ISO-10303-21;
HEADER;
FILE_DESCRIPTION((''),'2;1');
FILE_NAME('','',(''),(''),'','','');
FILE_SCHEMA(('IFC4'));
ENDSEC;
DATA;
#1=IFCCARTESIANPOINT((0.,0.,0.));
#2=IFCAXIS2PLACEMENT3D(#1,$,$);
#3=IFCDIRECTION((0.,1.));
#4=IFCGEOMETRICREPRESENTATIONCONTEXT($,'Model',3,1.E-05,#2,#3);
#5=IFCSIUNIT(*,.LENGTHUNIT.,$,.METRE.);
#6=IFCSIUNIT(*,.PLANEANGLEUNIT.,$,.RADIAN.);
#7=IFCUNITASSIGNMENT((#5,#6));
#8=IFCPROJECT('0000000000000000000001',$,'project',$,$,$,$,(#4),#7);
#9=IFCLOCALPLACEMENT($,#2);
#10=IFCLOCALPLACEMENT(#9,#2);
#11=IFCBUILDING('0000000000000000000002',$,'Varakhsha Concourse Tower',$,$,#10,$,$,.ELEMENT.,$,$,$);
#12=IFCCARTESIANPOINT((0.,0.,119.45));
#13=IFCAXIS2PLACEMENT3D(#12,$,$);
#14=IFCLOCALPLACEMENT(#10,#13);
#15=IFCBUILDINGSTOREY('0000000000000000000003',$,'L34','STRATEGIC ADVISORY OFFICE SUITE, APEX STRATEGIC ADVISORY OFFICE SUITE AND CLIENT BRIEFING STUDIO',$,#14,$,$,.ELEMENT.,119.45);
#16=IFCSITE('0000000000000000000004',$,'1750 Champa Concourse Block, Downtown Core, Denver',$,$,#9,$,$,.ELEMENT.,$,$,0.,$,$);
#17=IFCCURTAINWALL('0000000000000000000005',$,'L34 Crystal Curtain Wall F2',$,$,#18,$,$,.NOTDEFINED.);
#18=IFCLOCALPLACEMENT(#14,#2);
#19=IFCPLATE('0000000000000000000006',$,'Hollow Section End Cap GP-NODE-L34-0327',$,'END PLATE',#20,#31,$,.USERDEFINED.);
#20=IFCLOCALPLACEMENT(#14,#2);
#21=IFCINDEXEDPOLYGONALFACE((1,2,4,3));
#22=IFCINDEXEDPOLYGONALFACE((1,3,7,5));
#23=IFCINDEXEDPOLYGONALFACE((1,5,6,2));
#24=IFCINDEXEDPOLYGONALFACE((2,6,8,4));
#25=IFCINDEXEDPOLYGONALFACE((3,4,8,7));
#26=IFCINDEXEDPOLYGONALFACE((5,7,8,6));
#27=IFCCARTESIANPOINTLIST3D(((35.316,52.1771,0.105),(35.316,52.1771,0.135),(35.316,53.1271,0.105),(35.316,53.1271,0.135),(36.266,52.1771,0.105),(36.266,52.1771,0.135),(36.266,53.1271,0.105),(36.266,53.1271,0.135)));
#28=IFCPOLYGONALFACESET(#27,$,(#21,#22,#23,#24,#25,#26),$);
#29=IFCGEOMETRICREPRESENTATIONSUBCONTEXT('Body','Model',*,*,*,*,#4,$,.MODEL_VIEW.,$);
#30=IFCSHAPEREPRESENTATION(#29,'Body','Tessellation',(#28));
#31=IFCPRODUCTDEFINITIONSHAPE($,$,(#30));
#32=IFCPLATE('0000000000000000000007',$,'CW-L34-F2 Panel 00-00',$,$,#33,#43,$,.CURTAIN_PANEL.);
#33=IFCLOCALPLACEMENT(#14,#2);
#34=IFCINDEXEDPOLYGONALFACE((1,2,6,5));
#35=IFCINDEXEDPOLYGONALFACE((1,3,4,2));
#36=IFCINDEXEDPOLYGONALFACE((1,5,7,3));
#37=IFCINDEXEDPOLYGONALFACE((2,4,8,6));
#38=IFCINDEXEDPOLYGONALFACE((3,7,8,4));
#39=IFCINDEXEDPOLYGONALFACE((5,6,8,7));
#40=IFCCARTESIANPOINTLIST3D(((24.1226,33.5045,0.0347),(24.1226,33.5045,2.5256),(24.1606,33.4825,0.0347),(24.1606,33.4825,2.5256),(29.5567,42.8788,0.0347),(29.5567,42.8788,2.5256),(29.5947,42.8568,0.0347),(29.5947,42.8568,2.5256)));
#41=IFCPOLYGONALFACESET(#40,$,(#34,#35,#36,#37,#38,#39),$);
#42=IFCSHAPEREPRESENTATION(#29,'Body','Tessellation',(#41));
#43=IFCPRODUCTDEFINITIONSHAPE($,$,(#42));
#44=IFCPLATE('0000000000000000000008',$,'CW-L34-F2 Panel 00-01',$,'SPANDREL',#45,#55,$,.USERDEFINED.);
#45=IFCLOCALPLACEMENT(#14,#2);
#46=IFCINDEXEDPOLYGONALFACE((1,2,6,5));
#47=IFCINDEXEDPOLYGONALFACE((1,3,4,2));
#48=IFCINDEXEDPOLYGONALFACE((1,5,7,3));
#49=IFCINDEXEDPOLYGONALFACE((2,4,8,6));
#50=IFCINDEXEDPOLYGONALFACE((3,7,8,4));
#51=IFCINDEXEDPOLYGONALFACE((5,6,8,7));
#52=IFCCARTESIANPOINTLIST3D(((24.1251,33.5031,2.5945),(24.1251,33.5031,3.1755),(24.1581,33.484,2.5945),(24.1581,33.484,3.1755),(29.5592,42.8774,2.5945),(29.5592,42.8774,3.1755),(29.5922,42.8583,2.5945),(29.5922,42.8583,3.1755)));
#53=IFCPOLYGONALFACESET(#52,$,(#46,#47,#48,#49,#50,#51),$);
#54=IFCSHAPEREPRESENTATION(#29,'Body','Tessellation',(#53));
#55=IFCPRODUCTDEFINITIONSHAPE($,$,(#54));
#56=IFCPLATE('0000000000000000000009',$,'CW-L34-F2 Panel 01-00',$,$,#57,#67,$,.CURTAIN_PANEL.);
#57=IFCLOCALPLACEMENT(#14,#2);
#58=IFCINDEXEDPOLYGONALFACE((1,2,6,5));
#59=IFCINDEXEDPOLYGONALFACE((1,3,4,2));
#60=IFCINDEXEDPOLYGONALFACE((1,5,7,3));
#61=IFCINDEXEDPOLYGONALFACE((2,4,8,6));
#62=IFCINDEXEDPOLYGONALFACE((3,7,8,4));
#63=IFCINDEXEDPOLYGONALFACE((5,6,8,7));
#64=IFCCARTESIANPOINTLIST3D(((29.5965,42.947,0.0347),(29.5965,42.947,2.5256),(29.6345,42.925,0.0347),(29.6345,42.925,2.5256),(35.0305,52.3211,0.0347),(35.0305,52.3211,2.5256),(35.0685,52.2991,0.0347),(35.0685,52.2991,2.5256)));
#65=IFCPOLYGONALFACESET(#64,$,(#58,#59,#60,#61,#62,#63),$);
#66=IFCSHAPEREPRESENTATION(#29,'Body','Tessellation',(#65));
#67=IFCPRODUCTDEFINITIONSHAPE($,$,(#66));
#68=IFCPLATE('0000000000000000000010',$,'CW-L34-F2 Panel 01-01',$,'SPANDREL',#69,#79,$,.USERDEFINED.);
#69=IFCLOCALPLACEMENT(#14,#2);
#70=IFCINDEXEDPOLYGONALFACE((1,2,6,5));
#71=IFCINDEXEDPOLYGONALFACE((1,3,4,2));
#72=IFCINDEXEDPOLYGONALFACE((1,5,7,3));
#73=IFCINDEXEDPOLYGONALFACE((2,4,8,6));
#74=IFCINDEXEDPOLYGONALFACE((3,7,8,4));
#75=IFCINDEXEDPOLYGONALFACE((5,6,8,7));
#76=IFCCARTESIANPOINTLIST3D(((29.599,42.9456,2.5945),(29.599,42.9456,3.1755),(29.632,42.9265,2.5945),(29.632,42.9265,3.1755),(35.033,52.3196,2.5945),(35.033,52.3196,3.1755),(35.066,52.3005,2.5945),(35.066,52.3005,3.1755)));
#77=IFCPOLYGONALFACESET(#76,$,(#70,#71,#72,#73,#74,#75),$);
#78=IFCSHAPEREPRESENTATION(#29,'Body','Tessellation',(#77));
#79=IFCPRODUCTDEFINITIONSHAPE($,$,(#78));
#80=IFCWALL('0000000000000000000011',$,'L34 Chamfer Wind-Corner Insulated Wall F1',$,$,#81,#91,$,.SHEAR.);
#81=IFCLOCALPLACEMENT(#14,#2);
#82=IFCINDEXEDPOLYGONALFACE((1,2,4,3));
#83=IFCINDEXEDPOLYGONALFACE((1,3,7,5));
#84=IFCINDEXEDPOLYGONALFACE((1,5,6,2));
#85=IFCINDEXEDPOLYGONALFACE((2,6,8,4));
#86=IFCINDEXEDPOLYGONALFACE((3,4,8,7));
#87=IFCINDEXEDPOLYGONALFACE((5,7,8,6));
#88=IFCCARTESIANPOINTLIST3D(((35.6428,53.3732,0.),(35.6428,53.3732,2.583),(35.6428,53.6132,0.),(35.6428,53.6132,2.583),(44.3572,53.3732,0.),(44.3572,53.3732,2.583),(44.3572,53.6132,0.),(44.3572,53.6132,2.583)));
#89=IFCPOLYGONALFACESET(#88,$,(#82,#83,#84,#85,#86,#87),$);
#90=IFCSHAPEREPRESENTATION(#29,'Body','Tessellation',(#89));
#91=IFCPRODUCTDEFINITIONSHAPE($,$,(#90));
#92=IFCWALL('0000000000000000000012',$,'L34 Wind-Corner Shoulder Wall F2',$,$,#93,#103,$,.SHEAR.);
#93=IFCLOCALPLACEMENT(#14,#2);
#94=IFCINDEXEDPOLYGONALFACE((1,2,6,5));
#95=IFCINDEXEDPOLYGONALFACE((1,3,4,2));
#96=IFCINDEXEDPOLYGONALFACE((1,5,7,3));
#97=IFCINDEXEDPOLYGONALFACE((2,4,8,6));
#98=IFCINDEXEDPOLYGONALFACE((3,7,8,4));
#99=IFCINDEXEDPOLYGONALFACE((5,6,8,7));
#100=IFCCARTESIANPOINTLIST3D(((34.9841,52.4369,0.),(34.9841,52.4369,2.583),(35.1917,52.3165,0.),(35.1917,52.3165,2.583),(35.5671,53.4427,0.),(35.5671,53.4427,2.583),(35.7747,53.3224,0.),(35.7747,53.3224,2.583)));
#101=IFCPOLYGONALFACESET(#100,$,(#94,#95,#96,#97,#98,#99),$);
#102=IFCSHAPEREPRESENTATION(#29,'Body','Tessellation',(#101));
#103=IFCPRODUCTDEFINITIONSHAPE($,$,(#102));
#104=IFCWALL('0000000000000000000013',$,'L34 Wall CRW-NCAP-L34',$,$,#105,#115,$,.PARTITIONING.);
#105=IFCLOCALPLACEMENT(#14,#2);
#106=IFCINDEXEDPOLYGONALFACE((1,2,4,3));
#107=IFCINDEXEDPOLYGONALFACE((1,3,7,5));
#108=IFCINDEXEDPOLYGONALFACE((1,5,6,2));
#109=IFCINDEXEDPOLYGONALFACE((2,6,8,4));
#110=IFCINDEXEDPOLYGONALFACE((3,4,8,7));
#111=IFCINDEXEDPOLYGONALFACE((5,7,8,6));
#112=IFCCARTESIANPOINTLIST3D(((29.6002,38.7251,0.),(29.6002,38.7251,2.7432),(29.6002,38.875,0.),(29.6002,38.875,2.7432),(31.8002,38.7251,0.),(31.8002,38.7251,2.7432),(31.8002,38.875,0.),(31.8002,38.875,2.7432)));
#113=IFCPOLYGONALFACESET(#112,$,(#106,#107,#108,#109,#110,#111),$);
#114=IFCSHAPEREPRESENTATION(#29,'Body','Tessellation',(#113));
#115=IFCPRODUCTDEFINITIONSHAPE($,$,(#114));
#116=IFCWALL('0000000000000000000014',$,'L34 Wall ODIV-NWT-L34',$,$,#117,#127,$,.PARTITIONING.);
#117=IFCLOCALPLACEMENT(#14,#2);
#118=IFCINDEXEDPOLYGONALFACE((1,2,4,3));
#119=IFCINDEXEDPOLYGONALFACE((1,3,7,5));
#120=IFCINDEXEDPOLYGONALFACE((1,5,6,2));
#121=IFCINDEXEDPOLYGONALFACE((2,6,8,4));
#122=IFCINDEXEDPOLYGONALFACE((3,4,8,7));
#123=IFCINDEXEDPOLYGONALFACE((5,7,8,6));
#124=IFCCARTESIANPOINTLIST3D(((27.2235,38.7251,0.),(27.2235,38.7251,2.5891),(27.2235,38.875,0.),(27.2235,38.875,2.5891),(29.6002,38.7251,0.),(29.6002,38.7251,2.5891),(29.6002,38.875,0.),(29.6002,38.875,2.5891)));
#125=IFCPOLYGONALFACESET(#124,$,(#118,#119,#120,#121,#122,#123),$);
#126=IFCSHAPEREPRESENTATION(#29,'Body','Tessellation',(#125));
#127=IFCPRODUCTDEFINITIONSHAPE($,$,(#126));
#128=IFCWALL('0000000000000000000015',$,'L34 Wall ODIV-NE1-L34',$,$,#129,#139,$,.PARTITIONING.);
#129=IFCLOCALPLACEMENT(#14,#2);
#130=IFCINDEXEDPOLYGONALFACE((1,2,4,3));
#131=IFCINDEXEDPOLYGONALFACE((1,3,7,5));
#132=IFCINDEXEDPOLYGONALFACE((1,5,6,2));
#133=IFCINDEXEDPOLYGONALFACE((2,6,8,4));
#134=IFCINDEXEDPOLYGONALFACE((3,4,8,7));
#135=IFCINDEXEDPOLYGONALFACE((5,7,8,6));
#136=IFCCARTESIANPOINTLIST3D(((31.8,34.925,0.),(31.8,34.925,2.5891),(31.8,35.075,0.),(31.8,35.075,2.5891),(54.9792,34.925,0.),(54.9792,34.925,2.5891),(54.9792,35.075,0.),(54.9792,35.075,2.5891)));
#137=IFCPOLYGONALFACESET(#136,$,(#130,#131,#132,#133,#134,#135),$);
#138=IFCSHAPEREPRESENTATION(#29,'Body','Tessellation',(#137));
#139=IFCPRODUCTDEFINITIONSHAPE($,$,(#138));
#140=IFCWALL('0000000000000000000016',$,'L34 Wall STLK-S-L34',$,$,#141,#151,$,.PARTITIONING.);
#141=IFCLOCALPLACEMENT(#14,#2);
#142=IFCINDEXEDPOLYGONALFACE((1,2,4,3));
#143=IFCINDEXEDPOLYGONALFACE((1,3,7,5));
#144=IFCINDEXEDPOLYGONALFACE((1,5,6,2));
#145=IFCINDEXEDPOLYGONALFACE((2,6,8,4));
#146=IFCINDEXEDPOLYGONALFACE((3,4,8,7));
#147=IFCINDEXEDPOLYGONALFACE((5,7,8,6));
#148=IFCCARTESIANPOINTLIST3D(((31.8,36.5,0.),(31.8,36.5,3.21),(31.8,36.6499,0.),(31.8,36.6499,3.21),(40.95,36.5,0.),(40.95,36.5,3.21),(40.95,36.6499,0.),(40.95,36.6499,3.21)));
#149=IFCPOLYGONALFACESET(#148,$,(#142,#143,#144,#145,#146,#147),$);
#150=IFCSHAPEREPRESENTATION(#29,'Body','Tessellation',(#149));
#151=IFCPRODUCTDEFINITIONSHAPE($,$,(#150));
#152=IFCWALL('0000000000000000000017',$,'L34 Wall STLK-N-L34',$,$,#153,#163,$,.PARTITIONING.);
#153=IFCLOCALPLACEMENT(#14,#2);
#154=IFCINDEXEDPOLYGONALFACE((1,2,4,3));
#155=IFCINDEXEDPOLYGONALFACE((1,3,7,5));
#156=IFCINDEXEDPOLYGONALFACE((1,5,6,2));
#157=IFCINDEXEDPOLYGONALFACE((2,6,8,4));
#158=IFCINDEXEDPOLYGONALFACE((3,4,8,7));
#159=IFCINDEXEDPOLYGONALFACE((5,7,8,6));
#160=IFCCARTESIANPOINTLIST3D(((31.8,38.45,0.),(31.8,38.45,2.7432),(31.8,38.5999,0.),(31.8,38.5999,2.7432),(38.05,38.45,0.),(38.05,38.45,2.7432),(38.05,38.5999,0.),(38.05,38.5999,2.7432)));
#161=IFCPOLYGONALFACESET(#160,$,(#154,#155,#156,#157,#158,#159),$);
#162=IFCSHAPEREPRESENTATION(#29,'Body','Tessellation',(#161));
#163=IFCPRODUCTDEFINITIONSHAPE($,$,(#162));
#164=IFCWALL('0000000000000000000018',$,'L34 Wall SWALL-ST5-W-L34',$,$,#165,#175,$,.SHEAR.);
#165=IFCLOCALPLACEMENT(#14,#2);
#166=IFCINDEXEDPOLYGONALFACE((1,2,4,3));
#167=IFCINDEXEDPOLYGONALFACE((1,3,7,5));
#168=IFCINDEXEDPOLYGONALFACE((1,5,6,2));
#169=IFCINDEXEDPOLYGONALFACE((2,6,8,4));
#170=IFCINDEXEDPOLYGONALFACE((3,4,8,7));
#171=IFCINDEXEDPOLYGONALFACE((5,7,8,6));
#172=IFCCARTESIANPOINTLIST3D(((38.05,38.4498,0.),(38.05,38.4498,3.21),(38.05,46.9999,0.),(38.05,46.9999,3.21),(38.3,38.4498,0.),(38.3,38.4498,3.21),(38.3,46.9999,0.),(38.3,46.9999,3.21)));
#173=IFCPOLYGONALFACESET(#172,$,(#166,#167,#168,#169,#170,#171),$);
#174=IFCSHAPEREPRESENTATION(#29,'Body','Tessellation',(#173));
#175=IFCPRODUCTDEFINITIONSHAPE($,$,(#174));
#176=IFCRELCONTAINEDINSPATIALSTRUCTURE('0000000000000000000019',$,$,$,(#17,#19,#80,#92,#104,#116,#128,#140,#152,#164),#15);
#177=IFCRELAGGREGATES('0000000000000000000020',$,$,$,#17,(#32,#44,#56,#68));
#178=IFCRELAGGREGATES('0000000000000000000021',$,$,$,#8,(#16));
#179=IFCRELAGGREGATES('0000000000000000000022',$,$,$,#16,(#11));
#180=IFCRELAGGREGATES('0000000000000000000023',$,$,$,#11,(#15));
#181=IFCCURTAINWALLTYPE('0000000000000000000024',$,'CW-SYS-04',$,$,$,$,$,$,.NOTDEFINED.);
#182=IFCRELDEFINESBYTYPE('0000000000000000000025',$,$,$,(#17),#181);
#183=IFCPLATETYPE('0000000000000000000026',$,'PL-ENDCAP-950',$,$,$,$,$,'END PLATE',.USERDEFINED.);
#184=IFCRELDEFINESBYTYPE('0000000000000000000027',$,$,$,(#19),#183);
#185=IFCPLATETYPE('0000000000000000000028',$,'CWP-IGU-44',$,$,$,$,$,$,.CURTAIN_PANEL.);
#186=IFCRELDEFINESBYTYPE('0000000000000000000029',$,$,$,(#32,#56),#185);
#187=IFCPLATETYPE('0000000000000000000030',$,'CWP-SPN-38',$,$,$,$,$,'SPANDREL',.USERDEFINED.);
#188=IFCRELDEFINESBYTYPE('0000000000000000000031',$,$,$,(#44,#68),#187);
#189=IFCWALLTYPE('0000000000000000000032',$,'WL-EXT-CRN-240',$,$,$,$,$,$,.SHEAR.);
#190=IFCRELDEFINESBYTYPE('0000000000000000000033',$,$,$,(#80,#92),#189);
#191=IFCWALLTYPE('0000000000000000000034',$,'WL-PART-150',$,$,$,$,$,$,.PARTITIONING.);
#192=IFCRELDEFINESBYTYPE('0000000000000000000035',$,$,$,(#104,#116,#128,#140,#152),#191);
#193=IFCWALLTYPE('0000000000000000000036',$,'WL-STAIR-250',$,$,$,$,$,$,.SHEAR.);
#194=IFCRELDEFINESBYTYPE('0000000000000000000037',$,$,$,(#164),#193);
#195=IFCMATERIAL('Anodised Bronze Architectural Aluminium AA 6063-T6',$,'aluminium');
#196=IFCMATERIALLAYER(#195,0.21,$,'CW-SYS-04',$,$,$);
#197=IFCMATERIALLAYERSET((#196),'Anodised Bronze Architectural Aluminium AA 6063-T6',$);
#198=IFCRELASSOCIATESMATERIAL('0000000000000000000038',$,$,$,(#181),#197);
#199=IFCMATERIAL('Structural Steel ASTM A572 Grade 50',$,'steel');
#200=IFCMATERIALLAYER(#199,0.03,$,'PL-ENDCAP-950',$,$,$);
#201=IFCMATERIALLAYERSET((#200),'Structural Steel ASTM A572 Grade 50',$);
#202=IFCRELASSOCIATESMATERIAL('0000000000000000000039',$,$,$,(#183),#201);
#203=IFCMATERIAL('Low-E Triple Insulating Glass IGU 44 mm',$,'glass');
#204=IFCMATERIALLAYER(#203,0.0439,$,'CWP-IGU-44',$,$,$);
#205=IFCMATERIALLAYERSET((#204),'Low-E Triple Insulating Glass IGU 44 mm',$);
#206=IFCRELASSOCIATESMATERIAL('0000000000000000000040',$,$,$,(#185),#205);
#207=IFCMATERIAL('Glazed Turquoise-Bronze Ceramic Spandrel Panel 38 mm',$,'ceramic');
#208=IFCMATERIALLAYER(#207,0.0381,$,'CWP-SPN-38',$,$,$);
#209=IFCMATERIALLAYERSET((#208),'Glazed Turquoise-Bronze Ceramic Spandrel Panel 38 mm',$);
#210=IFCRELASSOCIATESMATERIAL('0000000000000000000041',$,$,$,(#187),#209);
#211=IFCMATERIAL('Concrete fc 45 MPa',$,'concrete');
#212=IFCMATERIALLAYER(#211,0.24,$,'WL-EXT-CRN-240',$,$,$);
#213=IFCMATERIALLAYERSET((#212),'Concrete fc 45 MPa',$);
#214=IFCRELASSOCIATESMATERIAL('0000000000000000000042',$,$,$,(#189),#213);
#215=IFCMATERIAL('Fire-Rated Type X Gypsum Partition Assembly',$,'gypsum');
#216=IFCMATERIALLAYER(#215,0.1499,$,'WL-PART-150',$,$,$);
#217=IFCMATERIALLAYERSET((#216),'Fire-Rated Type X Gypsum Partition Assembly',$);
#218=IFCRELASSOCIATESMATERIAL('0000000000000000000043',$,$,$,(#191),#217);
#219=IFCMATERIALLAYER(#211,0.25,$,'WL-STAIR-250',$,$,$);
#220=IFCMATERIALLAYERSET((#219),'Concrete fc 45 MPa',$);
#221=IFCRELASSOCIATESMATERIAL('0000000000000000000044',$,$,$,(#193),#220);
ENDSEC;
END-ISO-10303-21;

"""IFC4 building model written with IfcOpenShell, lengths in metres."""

from ifc_helpers import new_model, si_unit, direction, frame, frame_2d, origin, origin_2d, place, context, subcontext, project, spatial, rectangle, extrude, source, transform, mapped, material, layer, layer_set, type_object, type_shapes, element, aggregate, save


model = new_model("IFC4")

# Units and contexts
model_context = context("Model", 3, precision=1e-05, world=origin(), true_north=direction((0.0, 1.0)))
body_context = subcontext(model_context, "Body", "Model", "MODEL_VIEW")
ifc_project = project(units=[si_unit("LENGTHUNIT", "METRE"), si_unit("PLANEANGLEUNIT", "RADIAN")], contexts=[model_context])

# Site, building, storey
site_placement = place(None, origin())
site = spatial("IfcSite", under=ifc_project, at=site_placement, Name="1750 Champa Concourse Block, Downtown Core, Denver", CompositionType="ELEMENT", RefElevation=0.0)
building_placement = place(site_placement, origin())
building = spatial("IfcBuilding", under=site, at=building_placement, Name="Varakhsha Concourse Tower", CompositionType="ELEMENT")
storey_placement = place(building_placement, frame((0.0, 0.0, 119.45)))
storey = spatial("IfcBuildingStorey", under=building, at=storey_placement, Name="L34", Description="STRATEGIC ADVISORY OFFICE SUITE, APEX STRATEGIC ADVISORY OFFICE SUITE AND CLIENT BRIEFING STUDIO", CompositionType="ELEMENT", Elevation=119.45)

# Shared definitions
ifc_material_1 = material(Name="Structural Steel ASTM A572 Grade 50", Category="steel")

# Curtain wall
ifc_material_2 = material(Name="Anodised Bronze Architectural Aluminium AA 6063-T6", Category="aluminium")
ifc_layer_1 = layer(ifc_material_2, 0.21, Name="CW-SYS-04")
ifc_layer_set_1 = layer_set([ifc_layer_1], Name="Anodised Bronze Architectural Aluminium AA 6063-T6")
curtain_wall_type = type_object("IfcCurtainWallType", Name="CW-SYS-04", PredefinedType="NOTDEFINED", material=ifc_layer_set_1)
curtain_wall_1_placement = place(storey_placement, origin())
curtain_wall_1 = element("IfcCurtainWall", 1, at=curtain_wall_1_placement, inside=storey, type_object=curtain_wall_type, Name="L34 Crystal Curtain Wall F2", PredefinedType="NOTDEFINED")

# Plates
ifc_layer_2 = layer(ifc_material_1, 0.03, Name="PL-ENDCAP-950")
ifc_layer_set_2 = layer_set([ifc_layer_2], Name="Structural Steel ASTM A572 Grade 50")
plate_type_1 = type_object("IfcPlateType", Name="PL-ENDCAP-950", ElementType="END PLATE", PredefinedType="USERDEFINED", material=ifc_layer_set_2)
shared_shape_1 = source(origin(), body_context, "Body", "SweptSolid", [
    extrude(rectangle(XDim=0.95, YDim=0.95, at=origin_2d()), origin(), (0.0, 0.0, 1.0), 0.03),
])
type_shapes(plate_type_1, [shared_shape_1])
plate_1_placement = place(storey_placement, frame((35.791, 52.6521, 0.105), z_axis=(0.0, 0.0, 1.0), x_axis=(1.0, 0.0, 0.0)))
element("IfcPlate", 2, at=plate_1_placement, inside=storey, type_object=plate_type_1, Name="Hollow Section End Cap GP-NODE-L34-0327", ObjectType="END PLATE", PredefinedType="USERDEFINED", context=body_context, shape_type="MappedRepresentation", body=[
    mapped(shared_shape_1, transform((0.0, 0.0, 0.0), scale=1.0)),
])
ifc_material_3 = material(Name="Low-E Triple Insulating Glass IGU 44 mm", Category="glass")
ifc_layer_3 = layer(ifc_material_3, 0.0439, Name="CWP-IGU-44")
ifc_layer_set_3 = layer_set([ifc_layer_3], Name="Low-E Triple Insulating Glass IGU 44 mm")
plate_type_2 = type_object("IfcPlateType", Name="CWP-IGU-44", PredefinedType="CURTAIN_PANEL", material=ifc_layer_set_3)
shared_shape_2 = source(origin(), body_context, "Body", "SweptSolid", [
    extrude(rectangle(XDim=10.8354, YDim=0.0439, at=origin_2d()), origin(), (0.0, 0.0, 1.0), 2.491),
])
plate_2_placement = place(storey_placement, frame((26.8586, 38.1807, 0.0347), z_axis=(0.0, 0.0, 1.0), x_axis=(0.501514, 0.86515, 0.0)))
plate_2 = element("IfcPlate", 3, at=plate_2_placement, type_object=plate_type_2, Name="CW-L34-F2 Panel 00-00", PredefinedType="CURTAIN_PANEL", context=body_context, shape_type="MappedRepresentation", body=[
    mapped(shared_shape_2, transform((0.0, 0.0, 0.0), scale=1.0)),
])
ifc_material_4 = material(Name="Glazed Turquoise-Bronze Ceramic Spandrel Panel 38 mm", Category="ceramic")
ifc_layer_4 = layer(ifc_material_4, 0.0381, Name="CWP-SPN-38")
ifc_layer_set_4 = layer_set([ifc_layer_4], Name="Glazed Turquoise-Bronze Ceramic Spandrel Panel 38 mm")
plate_type_3 = type_object("IfcPlateType", Name="CWP-SPN-38", ElementType="SPANDREL", PredefinedType="USERDEFINED", material=ifc_layer_set_4)
shared_shape_3 = source(origin(), body_context, "Body", "SweptSolid", [
    extrude(rectangle(XDim=10.8354, YDim=0.0381, at=origin_2d()), origin(), (0.0, 0.0, 1.0), 0.5811),
])
plate_3_placement = place(storey_placement, frame((26.8586, 38.1807, 2.5945), z_axis=(0.0, 0.0, 1.0), x_axis=(0.501514, 0.86515, 0.0)))
plate_3 = element("IfcPlate", 4, at=plate_3_placement, type_object=plate_type_3, Name="CW-L34-F2 Panel 00-01", ObjectType="SPANDREL", PredefinedType="USERDEFINED", context=body_context, shape_type="MappedRepresentation", body=[
    mapped(shared_shape_3, transform((0.0, 0.0, 0.0), scale=1.0)),
])
shared_shape_4 = source(origin(), body_context, "Body", "SweptSolid", [
    extrude(rectangle(XDim=10.8352, YDim=0.0439, at=origin_2d()), origin(), (0.0, 0.0, 1.0), 2.491),
])
type_shapes(plate_type_2, [shared_shape_2, shared_shape_4])
plate_4_placement = place(storey_placement, frame((32.3325, 47.623, 0.0347), z_axis=(0.0, 0.0, 1.0), x_axis=(0.501514, 0.86515, 0.0)))
plate_4 = element("IfcPlate", 5, at=plate_4_placement, type_object=plate_type_2, Name="CW-L34-F2 Panel 01-00", PredefinedType="CURTAIN_PANEL", context=body_context, shape_type="MappedRepresentation", body=[
    mapped(shared_shape_4, transform((0.0, 0.0, 0.0), scale=1.0)),
])
shared_shape_5 = source(origin(), body_context, "Body", "SweptSolid", [
    extrude(rectangle(XDim=10.8352, YDim=0.0381, at=origin_2d()), origin(), (0.0, 0.0, 1.0), 0.5811),
])
type_shapes(plate_type_3, [shared_shape_3, shared_shape_5])
plate_5_placement = place(storey_placement, frame((32.3325, 47.623, 2.5945), z_axis=(0.0, 0.0, 1.0), x_axis=(0.501514, 0.86515, 0.0)))
plate_5 = element("IfcPlate", 6, at=plate_5_placement, type_object=plate_type_3, Name="CW-L34-F2 Panel 01-01", ObjectType="SPANDREL", PredefinedType="USERDEFINED", context=body_context, shape_type="MappedRepresentation", body=[
    mapped(shared_shape_5, transform((0.0, 0.0, 0.0), scale=1.0)),
])
aggregate(curtain_wall_1, [plate_2, plate_3, plate_4, plate_5])

# Walls
ifc_material_5 = material(Name="Concrete fc 45 MPa", Category="concrete")
ifc_layer_5 = layer(ifc_material_5, 0.24, Name="WL-EXT-CRN-240")
ifc_layer_set_5 = layer_set([ifc_layer_5], Name="Concrete fc 45 MPa")
wall_type_1 = type_object("IfcWallType", Name="WL-EXT-CRN-240", PredefinedType="SHEAR", material=ifc_layer_set_5)
wall_1_placement = place(storey_placement, frame((35.6428, 53.4932, 0.0), z_axis=(0.0, 0.0, 1.0), x_axis=(1.0, 0.0, 0.0)))
element("IfcWall", 7, at=wall_1_placement, inside=storey, type_object=wall_type_1, Name="L34 Chamfer Wind-Corner Insulated Wall F1", PredefinedType="SHEAR", context=body_context, shape_type="SweptSolid", body=[
    extrude(rectangle(XDim=8.7144, YDim=0.24, at=frame_2d((4.3572, 0.0))), origin(), (0.0, 0.0, 1.0), 2.583),
])
wall_2_placement = place(storey_placement, frame((35.6709, 53.3826, 0.0), z_axis=(0.0, 0.0, 1.0), x_axis=(-0.501467, -0.865177, 0.0)))
element("IfcWall", 8, at=wall_2_placement, inside=storey, type_object=wall_type_1, Name="L34 Wind-Corner Shoulder Wall F2", PredefinedType="SHEAR", context=body_context, shape_type="SweptSolid", body=[
    extrude(rectangle(XDim=1.1626, YDim=0.24, at=frame_2d((0.5813, 0.0))), origin(), (0.0, 0.0, 1.0), 2.583),
])
ifc_material_6 = material(Name="Fire-Rated Type X Gypsum Partition Assembly", Category="gypsum")
ifc_layer_6 = layer(ifc_material_6, 0.1499, Name="WL-PART-150")
ifc_layer_set_6 = layer_set([ifc_layer_6], Name="Fire-Rated Type X Gypsum Partition Assembly")
wall_type_2 = type_object("IfcWallType", Name="WL-PART-150", PredefinedType="PARTITIONING", material=ifc_layer_set_6)
wall_3_placement = place(storey_placement, frame((29.6001, 38.8, 0.0), z_axis=(0.0, 0.0, 1.0), x_axis=(1.0, 0.0, 0.0)))
element("IfcWall", 9, at=wall_3_placement, inside=storey, type_object=wall_type_2, Name="L34 Wall CRW-NCAP-L34", PredefinedType="PARTITIONING", context=body_context, shape_type="SweptSolid", body=[
    extrude(rectangle(XDim=2.2, YDim=0.1499, at=frame_2d((1.1001, 0.0))), origin(), (0.0, 0.0, 1.0), 2.7432),
])
wall_4_placement = place(storey_placement, frame((27.2234, 38.8, 0.0), z_axis=(0.0, 0.0, 1.0), x_axis=(1.0, 0.0, 0.0)))
element("IfcWall", 10, at=wall_4_placement, inside=storey, type_object=wall_type_2, Name="L34 Wall ODIV-NWT-L34", PredefinedType="PARTITIONING", context=body_context, shape_type="SweptSolid", body=[
    extrude(rectangle(XDim=2.3767, YDim=0.1499, at=frame_2d((1.1885, 0.0))), origin(), (0.0, 0.0, 1.0), 2.5891),
])
wall_5_placement = place(storey_placement, frame((31.8, 35.0, 0.0), z_axis=(0.0, 0.0, 1.0), x_axis=(1.0, 0.0, 0.0)))
element("IfcWall", 11, at=wall_5_placement, inside=storey, type_object=wall_type_2, Name="L34 Wall ODIV-NE1-L34", PredefinedType="PARTITIONING", context=body_context, shape_type="SweptSolid", body=[
    extrude(rectangle(XDim=23.1792, YDim=0.1499, at=frame_2d((11.5896, 0.0))), origin(), (0.0, 0.0, 1.0), 2.5891),
])
wall_6_placement = place(storey_placement, frame((31.8, 36.575, 0.0), z_axis=(0.0, 0.0, 1.0), x_axis=(1.0, 0.0, 0.0)))
element("IfcWall", 12, at=wall_6_placement, inside=storey, type_object=wall_type_2, Name="L34 Wall STLK-S-L34", PredefinedType="PARTITIONING", context=body_context, shape_type="SweptSolid", body=[
    extrude(rectangle(XDim=9.1499, YDim=0.1499, at=frame_2d((4.575, 0.0))), origin(), (0.0, 0.0, 1.0), 3.21),
])
wall_7_placement = place(storey_placement, frame((31.8, 38.5249, 0.0), z_axis=(0.0, 0.0, 1.0), x_axis=(1.0, 0.0, 0.0)))
element("IfcWall", 13, at=wall_7_placement, inside=storey, type_object=wall_type_2, Name="L34 Wall STLK-N-L34", PredefinedType="PARTITIONING", context=body_context, shape_type="SweptSolid", body=[
    extrude(rectangle(XDim=6.25, YDim=0.1499, at=frame_2d((3.125, 0.0))), origin(), (0.0, 0.0, 1.0), 2.7432),
])
ifc_layer_7 = layer(ifc_material_5, 0.25, Name="WL-STAIR-250")
ifc_layer_set_7 = layer_set([ifc_layer_7], Name="Concrete fc 45 MPa")
wall_type_3 = type_object("IfcWallType", Name="WL-STAIR-250", PredefinedType="SHEAR", material=ifc_layer_set_7)
wall_8_placement = place(storey_placement, frame((38.175, 38.45, 0.0), z_axis=(0.0, 0.0, 1.0), x_axis=(0.0, 1.0, 0.0)))
element("IfcWall", 14, at=wall_8_placement, inside=storey, type_object=wall_type_3, Name="L34 Wall SWALL-ST5-W-L34", PredefinedType="SHEAR", context=body_context, shape_type="SweptSolid", body=[
    extrude(rectangle(XDim=8.55, YDim=0.25, at=frame_2d((4.2749, 0.0))), origin(), (0.0, 0.0, 1.0), 3.21),
])

save(model, "model.ifc")
